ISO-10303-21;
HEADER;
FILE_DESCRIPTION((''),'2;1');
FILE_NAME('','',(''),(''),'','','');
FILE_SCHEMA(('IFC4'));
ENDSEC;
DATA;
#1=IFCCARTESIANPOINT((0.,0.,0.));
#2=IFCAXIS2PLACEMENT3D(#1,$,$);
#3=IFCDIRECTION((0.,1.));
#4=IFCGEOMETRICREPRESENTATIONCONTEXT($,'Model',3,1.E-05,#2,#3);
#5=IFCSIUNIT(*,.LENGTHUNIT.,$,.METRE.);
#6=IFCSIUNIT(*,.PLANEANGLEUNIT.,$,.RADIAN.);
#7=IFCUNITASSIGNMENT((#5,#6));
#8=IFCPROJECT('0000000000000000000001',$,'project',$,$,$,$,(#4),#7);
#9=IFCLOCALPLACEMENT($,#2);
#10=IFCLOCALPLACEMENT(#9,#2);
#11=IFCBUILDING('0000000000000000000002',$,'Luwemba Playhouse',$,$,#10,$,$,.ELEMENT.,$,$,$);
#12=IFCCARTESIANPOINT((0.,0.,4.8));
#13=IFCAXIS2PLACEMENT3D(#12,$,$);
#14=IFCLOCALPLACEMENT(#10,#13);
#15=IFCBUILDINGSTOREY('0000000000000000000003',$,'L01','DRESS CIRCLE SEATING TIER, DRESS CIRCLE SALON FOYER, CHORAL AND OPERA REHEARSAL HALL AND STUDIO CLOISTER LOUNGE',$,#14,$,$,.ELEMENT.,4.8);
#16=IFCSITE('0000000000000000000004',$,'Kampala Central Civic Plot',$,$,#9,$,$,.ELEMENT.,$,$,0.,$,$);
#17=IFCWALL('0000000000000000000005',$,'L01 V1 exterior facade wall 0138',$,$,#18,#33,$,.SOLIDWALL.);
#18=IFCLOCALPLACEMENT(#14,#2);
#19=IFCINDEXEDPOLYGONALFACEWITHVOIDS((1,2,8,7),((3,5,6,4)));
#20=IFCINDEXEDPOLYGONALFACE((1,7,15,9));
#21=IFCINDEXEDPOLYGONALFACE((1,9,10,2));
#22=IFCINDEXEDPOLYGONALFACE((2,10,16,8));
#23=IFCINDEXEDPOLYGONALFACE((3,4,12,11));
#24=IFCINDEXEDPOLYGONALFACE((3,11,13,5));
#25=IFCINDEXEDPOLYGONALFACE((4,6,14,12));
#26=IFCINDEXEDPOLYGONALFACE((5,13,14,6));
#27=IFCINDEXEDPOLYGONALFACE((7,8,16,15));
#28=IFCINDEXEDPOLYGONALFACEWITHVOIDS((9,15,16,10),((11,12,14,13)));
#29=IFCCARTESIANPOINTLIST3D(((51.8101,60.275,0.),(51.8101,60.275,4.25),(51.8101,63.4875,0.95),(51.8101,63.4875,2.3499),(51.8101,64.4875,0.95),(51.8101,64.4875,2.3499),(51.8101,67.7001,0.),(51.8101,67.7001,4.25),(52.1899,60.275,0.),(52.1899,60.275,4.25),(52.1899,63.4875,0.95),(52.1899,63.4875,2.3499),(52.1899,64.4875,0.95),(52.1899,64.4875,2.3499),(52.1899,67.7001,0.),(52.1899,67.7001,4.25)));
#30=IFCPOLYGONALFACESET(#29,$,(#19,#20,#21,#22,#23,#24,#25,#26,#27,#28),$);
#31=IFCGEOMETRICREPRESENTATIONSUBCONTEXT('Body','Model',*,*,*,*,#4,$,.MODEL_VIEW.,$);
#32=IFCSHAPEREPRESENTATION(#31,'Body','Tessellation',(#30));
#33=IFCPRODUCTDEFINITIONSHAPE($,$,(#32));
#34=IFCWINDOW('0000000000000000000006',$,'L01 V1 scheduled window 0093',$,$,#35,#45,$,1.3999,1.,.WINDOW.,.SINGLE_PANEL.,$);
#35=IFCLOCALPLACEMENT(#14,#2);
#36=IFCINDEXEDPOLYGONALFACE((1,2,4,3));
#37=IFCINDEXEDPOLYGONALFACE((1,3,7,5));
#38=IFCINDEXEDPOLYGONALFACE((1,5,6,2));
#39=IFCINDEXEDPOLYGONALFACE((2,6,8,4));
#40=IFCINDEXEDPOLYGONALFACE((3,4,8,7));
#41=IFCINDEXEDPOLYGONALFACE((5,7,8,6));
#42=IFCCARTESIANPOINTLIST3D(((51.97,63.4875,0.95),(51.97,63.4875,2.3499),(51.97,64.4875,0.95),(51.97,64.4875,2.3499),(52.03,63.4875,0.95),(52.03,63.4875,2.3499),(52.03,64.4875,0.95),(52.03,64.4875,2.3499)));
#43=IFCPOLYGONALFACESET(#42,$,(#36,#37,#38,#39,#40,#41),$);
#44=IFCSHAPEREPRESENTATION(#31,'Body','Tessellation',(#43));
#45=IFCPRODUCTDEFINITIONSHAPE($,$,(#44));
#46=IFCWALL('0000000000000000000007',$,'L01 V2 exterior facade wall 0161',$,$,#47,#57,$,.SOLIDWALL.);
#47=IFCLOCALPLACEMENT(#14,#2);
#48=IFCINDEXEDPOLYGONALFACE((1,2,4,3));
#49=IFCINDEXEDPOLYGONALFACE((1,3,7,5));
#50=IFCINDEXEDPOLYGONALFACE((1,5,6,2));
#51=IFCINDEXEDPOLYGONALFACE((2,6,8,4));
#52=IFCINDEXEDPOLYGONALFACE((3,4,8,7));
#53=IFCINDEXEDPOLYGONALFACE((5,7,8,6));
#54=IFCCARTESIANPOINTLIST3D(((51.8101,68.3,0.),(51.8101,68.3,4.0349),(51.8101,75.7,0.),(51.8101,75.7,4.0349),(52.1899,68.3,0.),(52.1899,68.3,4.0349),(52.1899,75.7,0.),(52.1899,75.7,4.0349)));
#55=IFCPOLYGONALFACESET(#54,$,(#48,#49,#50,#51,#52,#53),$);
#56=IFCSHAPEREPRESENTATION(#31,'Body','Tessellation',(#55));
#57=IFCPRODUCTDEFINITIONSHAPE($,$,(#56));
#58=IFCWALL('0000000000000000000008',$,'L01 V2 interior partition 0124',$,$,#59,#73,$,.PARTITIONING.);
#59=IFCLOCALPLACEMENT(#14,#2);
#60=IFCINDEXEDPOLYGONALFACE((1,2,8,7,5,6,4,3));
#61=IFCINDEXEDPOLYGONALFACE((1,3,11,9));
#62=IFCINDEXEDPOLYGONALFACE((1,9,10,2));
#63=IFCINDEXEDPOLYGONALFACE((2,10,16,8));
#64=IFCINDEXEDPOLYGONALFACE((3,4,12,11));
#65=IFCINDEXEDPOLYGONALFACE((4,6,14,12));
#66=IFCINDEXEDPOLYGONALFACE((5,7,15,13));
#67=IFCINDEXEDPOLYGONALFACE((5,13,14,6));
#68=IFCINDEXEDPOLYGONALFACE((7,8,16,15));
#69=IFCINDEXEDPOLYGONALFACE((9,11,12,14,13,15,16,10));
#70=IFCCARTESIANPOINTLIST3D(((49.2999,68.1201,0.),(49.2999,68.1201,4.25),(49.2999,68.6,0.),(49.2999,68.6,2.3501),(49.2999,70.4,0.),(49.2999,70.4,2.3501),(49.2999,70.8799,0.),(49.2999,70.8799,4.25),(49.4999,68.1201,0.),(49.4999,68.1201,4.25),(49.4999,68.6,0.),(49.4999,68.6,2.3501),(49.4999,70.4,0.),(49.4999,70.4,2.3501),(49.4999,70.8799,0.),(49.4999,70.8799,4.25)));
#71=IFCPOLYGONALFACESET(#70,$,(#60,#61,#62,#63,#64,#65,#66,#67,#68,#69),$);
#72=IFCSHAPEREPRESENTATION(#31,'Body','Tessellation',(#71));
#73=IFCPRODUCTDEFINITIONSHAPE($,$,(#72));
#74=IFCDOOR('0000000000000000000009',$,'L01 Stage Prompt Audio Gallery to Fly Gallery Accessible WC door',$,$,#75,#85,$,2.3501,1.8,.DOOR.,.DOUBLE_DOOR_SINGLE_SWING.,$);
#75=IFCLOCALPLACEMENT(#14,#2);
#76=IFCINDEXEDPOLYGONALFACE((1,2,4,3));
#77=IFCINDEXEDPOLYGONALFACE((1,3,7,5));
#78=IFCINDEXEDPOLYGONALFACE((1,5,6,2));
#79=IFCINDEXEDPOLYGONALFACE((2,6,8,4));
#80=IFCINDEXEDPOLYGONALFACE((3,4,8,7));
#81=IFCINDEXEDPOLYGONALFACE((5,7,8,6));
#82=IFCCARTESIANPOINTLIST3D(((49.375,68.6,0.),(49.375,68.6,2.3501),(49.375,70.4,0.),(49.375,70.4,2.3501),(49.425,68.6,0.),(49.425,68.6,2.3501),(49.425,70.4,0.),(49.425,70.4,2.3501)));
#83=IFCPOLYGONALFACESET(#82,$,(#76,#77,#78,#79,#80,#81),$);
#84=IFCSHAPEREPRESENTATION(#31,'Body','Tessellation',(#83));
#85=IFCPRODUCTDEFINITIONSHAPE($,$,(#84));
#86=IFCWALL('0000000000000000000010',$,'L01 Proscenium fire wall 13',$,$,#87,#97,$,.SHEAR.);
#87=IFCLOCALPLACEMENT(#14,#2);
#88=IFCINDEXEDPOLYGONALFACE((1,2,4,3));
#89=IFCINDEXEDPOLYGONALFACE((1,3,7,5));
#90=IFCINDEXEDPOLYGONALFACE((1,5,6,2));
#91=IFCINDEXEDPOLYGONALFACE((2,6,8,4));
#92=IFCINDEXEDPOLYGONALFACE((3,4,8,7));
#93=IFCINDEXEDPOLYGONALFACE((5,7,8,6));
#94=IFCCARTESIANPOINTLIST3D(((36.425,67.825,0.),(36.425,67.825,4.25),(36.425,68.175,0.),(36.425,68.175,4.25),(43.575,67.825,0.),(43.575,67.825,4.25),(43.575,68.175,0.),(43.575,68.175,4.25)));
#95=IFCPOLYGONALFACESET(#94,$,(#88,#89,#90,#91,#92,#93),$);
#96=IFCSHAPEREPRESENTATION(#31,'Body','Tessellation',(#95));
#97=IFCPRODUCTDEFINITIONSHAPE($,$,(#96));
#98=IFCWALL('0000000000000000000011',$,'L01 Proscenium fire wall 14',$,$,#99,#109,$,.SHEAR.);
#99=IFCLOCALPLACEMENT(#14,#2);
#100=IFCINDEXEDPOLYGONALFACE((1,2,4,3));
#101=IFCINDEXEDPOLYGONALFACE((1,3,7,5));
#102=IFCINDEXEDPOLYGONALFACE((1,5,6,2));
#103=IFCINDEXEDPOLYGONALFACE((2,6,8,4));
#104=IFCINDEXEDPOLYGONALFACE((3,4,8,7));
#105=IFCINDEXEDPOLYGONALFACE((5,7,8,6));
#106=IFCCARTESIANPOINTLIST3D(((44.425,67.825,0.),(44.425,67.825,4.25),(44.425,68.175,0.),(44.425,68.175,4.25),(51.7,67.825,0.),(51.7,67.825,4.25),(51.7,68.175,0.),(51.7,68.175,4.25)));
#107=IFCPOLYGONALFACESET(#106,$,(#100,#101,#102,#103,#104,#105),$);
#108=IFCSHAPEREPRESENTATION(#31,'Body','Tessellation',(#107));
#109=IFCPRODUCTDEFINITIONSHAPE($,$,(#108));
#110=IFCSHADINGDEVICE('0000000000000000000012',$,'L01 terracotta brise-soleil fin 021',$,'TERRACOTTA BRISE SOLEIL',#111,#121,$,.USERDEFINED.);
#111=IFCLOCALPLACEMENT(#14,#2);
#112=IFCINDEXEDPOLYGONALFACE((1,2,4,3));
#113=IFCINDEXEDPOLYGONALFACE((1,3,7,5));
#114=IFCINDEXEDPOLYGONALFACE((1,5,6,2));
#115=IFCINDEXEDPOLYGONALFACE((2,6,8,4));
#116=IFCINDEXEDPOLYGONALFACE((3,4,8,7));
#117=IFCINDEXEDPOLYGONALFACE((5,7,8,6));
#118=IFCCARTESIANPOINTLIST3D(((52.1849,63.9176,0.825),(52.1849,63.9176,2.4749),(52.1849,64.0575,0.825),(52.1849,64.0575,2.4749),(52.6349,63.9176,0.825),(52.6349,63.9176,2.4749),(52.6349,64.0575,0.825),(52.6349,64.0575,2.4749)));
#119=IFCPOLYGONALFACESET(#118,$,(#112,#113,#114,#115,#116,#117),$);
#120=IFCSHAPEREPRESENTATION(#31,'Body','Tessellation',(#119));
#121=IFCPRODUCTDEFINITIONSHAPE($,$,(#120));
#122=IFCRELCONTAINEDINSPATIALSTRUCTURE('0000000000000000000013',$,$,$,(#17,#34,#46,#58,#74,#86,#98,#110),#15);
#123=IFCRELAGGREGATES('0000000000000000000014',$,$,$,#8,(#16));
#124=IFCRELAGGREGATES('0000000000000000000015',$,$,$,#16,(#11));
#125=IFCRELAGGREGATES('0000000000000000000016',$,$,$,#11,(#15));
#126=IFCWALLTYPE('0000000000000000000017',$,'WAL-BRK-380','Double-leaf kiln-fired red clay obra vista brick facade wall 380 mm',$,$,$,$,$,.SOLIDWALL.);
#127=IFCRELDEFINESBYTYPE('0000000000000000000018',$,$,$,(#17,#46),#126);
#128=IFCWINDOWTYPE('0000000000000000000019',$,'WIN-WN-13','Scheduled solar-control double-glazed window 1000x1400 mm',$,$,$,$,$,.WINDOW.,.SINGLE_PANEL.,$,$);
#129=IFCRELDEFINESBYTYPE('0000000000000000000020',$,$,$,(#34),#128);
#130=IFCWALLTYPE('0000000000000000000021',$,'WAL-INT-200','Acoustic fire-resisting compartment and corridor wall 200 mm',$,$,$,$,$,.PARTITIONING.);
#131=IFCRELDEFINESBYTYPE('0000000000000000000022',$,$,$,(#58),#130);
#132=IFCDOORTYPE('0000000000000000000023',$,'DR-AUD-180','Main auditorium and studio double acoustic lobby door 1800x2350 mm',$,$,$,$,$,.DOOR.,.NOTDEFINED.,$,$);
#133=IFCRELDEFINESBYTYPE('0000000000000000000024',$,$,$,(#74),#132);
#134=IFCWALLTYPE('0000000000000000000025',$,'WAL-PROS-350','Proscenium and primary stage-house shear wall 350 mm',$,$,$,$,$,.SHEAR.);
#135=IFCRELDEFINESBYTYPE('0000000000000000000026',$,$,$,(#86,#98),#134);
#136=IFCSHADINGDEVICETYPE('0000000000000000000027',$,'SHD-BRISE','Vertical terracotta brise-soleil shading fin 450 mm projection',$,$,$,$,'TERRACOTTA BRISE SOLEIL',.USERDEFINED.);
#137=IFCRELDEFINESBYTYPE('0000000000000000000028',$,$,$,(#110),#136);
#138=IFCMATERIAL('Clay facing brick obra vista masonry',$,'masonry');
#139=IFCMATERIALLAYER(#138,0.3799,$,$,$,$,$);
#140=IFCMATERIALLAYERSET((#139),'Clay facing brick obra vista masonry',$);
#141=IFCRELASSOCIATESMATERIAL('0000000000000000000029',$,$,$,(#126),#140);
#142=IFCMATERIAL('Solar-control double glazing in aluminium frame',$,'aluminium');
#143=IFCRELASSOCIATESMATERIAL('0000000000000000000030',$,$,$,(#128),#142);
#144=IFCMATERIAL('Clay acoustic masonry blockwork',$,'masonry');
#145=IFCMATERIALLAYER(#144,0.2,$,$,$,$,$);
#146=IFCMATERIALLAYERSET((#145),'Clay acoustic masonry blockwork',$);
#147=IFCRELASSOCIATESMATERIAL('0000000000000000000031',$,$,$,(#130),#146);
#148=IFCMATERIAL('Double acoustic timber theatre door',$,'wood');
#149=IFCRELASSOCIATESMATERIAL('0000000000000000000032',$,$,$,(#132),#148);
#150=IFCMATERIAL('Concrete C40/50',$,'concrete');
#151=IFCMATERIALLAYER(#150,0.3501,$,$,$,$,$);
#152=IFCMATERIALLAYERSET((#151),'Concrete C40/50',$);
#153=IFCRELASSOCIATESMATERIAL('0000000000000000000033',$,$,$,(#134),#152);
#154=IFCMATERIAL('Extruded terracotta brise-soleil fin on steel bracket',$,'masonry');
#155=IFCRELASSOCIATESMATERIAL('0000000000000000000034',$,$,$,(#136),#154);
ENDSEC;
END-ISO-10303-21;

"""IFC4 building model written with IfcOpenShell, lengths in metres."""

from ifc_helpers import new_model, si_unit, direction, frame, frame_2d, origin, origin_2d, place, context, subcontext, project, spatial, rectangle, extrude, material, layer, layer_set, type_object, element, fill, save


model = new_model("IFC4")

# Units and contexts
model_context = context("Model", 3, precision=1e-05, world=origin(), true_north=direction((0.0, 1.0)))
body_context = subcontext(model_context, "Body", "Model", "MODEL_VIEW")
ifc_project = project(units=[si_unit("LENGTHUNIT", "METRE"), si_unit("PLANEANGLEUNIT", "RADIAN")], contexts=[model_context])

# Site, building, storey
site_placement = place(None, origin())
site = spatial("IfcSite", under=ifc_project, at=site_placement, Name="Kampala Central Civic Plot", CompositionType="ELEMENT", RefElevation=0.0)
building_placement = place(site_placement, origin())
building = spatial("IfcBuilding", under=site, at=building_placement, Name="Luwemba Playhouse", CompositionType="ELEMENT")
storey_placement = place(building_placement, frame((0.0, 0.0, 4.8)))
storey = spatial("IfcBuildingStorey", under=building, at=storey_placement, Name="L01", Description="DRESS CIRCLE SEATING TIER, DRESS CIRCLE SALON FOYER, CHORAL AND OPERA REHEARSAL HALL AND STUDIO CLOISTER LOUNGE", CompositionType="ELEMENT", Elevation=4.8)

# Shared definitions
ifc_material_1 = material(Name="Concrete C40/50", Category="concrete")

# Wall, opening, window
ifc_material_2 = material(Name="Clay facing brick obra vista masonry", Category="masonry")
ifc_layer_1 = layer(ifc_material_2, 0.3799)
ifc_layer_set_1 = layer_set([ifc_layer_1], Name="Clay facing brick obra vista masonry")
wall_type_1 = type_object("IfcWallType", Name="WAL-BRK-380", Description="Double-leaf kiln-fired red clay obra vista brick facade wall 380 mm", PredefinedType="SOLIDWALL", material=ifc_layer_set_1)
wall_1_placement = place(storey_placement, frame((52.0, 67.7, 0.0), z_axis=(0.0, 0.0, 1.0), x_axis=(0.0, -1.0, 0.0)))
wall_1 = element("IfcWall", 1, at=wall_1_placement, inside=storey, type_object=wall_type_1, Name="L01 V1 exterior facade wall 0138", PredefinedType="SOLIDWALL", context=body_context, shape_type="SweptSolid", body=[
    extrude(rectangle(XDim=7.425, YDim=0.3799, at=frame_2d((3.7124, 0.0))), origin(), (0.0, 0.0, 1.0), 4.25),
])
opening_1_placement = place(wall_1_placement, frame((3.2124, 0.0, 0.95)))
opening_1 = element("IfcOpeningElement", 2, at=opening_1_placement, cuts=wall_1, PredefinedType="OPENING", context=body_context, shape_type="SweptSolid", body=[
    extrude(rectangle(XDim=1.0, YDim=1.3999, at=frame_2d((0.5, 0.7))), frame((0.0, 0.2, 0.0), z_axis=(0.0, -1.0, 0.0), x_axis=(1.0, 0.0, 0.0)), (0.0, 0.0, 1.0), 0.3999),
])
ifc_material_3 = material(Name="Solar-control double glazing in aluminium frame", Category="aluminium")
window_type = type_object("IfcWindowType", Name="WIN-WN-13", Description="Scheduled solar-control double-glazed window 1000x1400 mm", PartitioningType="SINGLE_PANEL", PredefinedType="WINDOW", material=ifc_material_3)
window_placement = place(opening_1_placement, origin())
window = element("IfcWindow", 3, at=window_placement, inside=storey, type_object=window_type, Name="L01 V1 scheduled window 0093", OverallHeight=1.3999, OverallWidth=1.0, PartitioningType="SINGLE_PANEL", PredefinedType="WINDOW", context=body_context, shape_type="SweptSolid", body=[
    extrude(rectangle(XDim=1.0, YDim=1.3999, at=frame_2d((0.5, 0.7))), frame((0.0, 0.03, 0.0), z_axis=(0.0, -1.0, 0.0), x_axis=(1.0, 0.0, 0.0)), (0.0, 0.0, 1.0), 0.0601),
])
fill(opening_1, window)

# Wall
wall_2_placement = place(storey_placement, frame((52.0, 75.7, 0.0), z_axis=(0.0, 0.0, 1.0), x_axis=(0.0, -1.0, 0.0)))
element("IfcWall", 4, at=wall_2_placement, inside=storey, type_object=wall_type_1, Name="L01 V2 exterior facade wall 0161", PredefinedType="SOLIDWALL", context=body_context, shape_type="SweptSolid", body=[
    extrude(rectangle(XDim=7.3999, YDim=0.3799, at=frame_2d((3.7, 0.0))), origin(), (0.0, 0.0, 1.0), 4.0349),
])

# Wall, opening, door
ifc_material_4 = material(Name="Clay acoustic masonry blockwork", Category="masonry")
ifc_layer_2 = layer(ifc_material_4, 0.2)
ifc_layer_set_2 = layer_set([ifc_layer_2], Name="Clay acoustic masonry blockwork")
wall_type_2 = type_object("IfcWallType", Name="WAL-INT-200", Description="Acoustic fire-resisting compartment and corridor wall 200 mm", PredefinedType="PARTITIONING", material=ifc_layer_set_2)
wall_3_placement = place(storey_placement, frame((49.3999, 68.1201, 0.0), z_axis=(0.0, 0.0, 1.0), x_axis=(0.0, 1.0, 0.0)))
wall_3 = element("IfcWall", 5, at=wall_3_placement, inside=storey, type_object=wall_type_2, Name="L01 V2 interior partition 0124", PredefinedType="PARTITIONING", context=body_context, shape_type="SweptSolid", body=[
    extrude(rectangle(XDim=2.7598, YDim=0.2, at=frame_2d((1.3799, 0.0))), origin(), (0.0, 0.0, 1.0), 4.25),
])
opening_2_placement = place(wall_3_placement, frame((0.48, 0.0, 0.0)))
opening_2 = element("IfcOpeningElement", 6, at=opening_2_placement, cuts=wall_3, PredefinedType="OPENING", context=body_context, shape_type="SweptSolid", body=[
    extrude(rectangle(XDim=1.8, YDim=2.3501, at=frame_2d((0.8999, 1.175))), frame((0.0, 0.1099, 0.0), z_axis=(0.0, -1.0, 0.0), x_axis=(1.0, 0.0, 0.0)), (0.0, 0.0, 1.0), 0.22),
])
ifc_material_5 = material(Name="Double acoustic timber theatre door", Category="wood")
door_type = type_object("IfcDoorType", Name="DR-AUD-180", Description="Main auditorium and studio double acoustic lobby door 1800x2350 mm", OperationType="NOTDEFINED", PredefinedType="DOOR", material=ifc_material_5)
door_placement = place(opening_2_placement, origin())
door = element("IfcDoor", 7, at=door_placement, inside=storey, type_object=door_type, Name="L01 Stage Prompt Audio Gallery to Fly Gallery Accessible WC door", OperationType="DOUBLE_DOOR_SINGLE_SWING", OverallHeight=2.3501, OverallWidth=1.8, PredefinedType="DOOR", context=body_context, shape_type="SweptSolid", body=[
    extrude(rectangle(XDim=1.8, YDim=2.3501, at=frame_2d((0.8999, 1.175))), frame((0.0, 0.0249, 0.0), z_axis=(0.0, -1.0, 0.0), x_axis=(1.0, 0.0, 0.0)), (0.0, 0.0, 1.0), 0.05),
])
fill(opening_2, door)

# Walls
ifc_layer_3 = layer(ifc_material_1, 0.3501)
ifc_layer_set_3 = layer_set([ifc_layer_3], Name="Concrete C40/50")
wall_type_3 = type_object("IfcWallType", Name="WAL-PROS-350", Description="Proscenium and primary stage-house shear wall 350 mm", PredefinedType="SHEAR", material=ifc_layer_set_3)
wall_4_placement = place(storey_placement, frame((36.425, 68.0, 0.0), z_axis=(0.0, 0.0, 1.0), x_axis=(1.0, 0.0, 0.0)))
element("IfcWall", 8, at=wall_4_placement, inside=storey, type_object=wall_type_3, Name="L01 Proscenium fire wall 13", PredefinedType="SHEAR", context=body_context, shape_type="SweptSolid", body=[
    extrude(rectangle(XDim=7.1499, YDim=0.3501, at=frame_2d((3.575, 0.0))), origin(), (0.0, 0.0, 1.0), 4.25),
])
wall_5_placement = place(storey_placement, frame((44.425, 68.0, 0.0), z_axis=(0.0, 0.0, 1.0), x_axis=(1.0, 0.0, 0.0)))
element("IfcWall", 9, at=wall_5_placement, inside=storey, type_object=wall_type_3, Name="L01 Proscenium fire wall 14", PredefinedType="SHEAR", context=body_context, shape_type="SweptSolid", body=[
    extrude(rectangle(XDim=7.2749, YDim=0.3501, at=frame_2d((3.6375, 0.0))), origin(), (0.0, 0.0, 1.0), 4.25),
])

# Shading device
ifc_material_6 = material(Name="Extruded terracotta brise-soleil fin on steel bracket", Category="masonry")
shading_device_type = type_object("IfcShadingDeviceType", Name="SHD-BRISE", Description="Vertical terracotta brise-soleil shading fin 450 mm projection", ElementType="TERRACOTTA BRISE SOLEIL", PredefinedType="USERDEFINED", material=ifc_material_6)
shading_device_placement = place(storey_placement, frame((52.4099, 63.9875, 0.825), z_axis=(0.0, 0.0, 1.0), x_axis=(0.0, -1.0, 0.0)))
element("IfcShadingDevice", 10, at=shading_device_placement, inside=storey, type_object=shading_device_type, Name="L01 terracotta brise-soleil fin 021", ObjectType="TERRACOTTA BRISE SOLEIL", PredefinedType="USERDEFINED", context=body_context, shape_type="SweptSolid", body=[
    extrude(rectangle(XDim=0.1399, YDim=0.45, at=origin_2d()), origin(), (0.0, 0.0, 1.0), 1.6499),
])

save(model, "model.ifc")
